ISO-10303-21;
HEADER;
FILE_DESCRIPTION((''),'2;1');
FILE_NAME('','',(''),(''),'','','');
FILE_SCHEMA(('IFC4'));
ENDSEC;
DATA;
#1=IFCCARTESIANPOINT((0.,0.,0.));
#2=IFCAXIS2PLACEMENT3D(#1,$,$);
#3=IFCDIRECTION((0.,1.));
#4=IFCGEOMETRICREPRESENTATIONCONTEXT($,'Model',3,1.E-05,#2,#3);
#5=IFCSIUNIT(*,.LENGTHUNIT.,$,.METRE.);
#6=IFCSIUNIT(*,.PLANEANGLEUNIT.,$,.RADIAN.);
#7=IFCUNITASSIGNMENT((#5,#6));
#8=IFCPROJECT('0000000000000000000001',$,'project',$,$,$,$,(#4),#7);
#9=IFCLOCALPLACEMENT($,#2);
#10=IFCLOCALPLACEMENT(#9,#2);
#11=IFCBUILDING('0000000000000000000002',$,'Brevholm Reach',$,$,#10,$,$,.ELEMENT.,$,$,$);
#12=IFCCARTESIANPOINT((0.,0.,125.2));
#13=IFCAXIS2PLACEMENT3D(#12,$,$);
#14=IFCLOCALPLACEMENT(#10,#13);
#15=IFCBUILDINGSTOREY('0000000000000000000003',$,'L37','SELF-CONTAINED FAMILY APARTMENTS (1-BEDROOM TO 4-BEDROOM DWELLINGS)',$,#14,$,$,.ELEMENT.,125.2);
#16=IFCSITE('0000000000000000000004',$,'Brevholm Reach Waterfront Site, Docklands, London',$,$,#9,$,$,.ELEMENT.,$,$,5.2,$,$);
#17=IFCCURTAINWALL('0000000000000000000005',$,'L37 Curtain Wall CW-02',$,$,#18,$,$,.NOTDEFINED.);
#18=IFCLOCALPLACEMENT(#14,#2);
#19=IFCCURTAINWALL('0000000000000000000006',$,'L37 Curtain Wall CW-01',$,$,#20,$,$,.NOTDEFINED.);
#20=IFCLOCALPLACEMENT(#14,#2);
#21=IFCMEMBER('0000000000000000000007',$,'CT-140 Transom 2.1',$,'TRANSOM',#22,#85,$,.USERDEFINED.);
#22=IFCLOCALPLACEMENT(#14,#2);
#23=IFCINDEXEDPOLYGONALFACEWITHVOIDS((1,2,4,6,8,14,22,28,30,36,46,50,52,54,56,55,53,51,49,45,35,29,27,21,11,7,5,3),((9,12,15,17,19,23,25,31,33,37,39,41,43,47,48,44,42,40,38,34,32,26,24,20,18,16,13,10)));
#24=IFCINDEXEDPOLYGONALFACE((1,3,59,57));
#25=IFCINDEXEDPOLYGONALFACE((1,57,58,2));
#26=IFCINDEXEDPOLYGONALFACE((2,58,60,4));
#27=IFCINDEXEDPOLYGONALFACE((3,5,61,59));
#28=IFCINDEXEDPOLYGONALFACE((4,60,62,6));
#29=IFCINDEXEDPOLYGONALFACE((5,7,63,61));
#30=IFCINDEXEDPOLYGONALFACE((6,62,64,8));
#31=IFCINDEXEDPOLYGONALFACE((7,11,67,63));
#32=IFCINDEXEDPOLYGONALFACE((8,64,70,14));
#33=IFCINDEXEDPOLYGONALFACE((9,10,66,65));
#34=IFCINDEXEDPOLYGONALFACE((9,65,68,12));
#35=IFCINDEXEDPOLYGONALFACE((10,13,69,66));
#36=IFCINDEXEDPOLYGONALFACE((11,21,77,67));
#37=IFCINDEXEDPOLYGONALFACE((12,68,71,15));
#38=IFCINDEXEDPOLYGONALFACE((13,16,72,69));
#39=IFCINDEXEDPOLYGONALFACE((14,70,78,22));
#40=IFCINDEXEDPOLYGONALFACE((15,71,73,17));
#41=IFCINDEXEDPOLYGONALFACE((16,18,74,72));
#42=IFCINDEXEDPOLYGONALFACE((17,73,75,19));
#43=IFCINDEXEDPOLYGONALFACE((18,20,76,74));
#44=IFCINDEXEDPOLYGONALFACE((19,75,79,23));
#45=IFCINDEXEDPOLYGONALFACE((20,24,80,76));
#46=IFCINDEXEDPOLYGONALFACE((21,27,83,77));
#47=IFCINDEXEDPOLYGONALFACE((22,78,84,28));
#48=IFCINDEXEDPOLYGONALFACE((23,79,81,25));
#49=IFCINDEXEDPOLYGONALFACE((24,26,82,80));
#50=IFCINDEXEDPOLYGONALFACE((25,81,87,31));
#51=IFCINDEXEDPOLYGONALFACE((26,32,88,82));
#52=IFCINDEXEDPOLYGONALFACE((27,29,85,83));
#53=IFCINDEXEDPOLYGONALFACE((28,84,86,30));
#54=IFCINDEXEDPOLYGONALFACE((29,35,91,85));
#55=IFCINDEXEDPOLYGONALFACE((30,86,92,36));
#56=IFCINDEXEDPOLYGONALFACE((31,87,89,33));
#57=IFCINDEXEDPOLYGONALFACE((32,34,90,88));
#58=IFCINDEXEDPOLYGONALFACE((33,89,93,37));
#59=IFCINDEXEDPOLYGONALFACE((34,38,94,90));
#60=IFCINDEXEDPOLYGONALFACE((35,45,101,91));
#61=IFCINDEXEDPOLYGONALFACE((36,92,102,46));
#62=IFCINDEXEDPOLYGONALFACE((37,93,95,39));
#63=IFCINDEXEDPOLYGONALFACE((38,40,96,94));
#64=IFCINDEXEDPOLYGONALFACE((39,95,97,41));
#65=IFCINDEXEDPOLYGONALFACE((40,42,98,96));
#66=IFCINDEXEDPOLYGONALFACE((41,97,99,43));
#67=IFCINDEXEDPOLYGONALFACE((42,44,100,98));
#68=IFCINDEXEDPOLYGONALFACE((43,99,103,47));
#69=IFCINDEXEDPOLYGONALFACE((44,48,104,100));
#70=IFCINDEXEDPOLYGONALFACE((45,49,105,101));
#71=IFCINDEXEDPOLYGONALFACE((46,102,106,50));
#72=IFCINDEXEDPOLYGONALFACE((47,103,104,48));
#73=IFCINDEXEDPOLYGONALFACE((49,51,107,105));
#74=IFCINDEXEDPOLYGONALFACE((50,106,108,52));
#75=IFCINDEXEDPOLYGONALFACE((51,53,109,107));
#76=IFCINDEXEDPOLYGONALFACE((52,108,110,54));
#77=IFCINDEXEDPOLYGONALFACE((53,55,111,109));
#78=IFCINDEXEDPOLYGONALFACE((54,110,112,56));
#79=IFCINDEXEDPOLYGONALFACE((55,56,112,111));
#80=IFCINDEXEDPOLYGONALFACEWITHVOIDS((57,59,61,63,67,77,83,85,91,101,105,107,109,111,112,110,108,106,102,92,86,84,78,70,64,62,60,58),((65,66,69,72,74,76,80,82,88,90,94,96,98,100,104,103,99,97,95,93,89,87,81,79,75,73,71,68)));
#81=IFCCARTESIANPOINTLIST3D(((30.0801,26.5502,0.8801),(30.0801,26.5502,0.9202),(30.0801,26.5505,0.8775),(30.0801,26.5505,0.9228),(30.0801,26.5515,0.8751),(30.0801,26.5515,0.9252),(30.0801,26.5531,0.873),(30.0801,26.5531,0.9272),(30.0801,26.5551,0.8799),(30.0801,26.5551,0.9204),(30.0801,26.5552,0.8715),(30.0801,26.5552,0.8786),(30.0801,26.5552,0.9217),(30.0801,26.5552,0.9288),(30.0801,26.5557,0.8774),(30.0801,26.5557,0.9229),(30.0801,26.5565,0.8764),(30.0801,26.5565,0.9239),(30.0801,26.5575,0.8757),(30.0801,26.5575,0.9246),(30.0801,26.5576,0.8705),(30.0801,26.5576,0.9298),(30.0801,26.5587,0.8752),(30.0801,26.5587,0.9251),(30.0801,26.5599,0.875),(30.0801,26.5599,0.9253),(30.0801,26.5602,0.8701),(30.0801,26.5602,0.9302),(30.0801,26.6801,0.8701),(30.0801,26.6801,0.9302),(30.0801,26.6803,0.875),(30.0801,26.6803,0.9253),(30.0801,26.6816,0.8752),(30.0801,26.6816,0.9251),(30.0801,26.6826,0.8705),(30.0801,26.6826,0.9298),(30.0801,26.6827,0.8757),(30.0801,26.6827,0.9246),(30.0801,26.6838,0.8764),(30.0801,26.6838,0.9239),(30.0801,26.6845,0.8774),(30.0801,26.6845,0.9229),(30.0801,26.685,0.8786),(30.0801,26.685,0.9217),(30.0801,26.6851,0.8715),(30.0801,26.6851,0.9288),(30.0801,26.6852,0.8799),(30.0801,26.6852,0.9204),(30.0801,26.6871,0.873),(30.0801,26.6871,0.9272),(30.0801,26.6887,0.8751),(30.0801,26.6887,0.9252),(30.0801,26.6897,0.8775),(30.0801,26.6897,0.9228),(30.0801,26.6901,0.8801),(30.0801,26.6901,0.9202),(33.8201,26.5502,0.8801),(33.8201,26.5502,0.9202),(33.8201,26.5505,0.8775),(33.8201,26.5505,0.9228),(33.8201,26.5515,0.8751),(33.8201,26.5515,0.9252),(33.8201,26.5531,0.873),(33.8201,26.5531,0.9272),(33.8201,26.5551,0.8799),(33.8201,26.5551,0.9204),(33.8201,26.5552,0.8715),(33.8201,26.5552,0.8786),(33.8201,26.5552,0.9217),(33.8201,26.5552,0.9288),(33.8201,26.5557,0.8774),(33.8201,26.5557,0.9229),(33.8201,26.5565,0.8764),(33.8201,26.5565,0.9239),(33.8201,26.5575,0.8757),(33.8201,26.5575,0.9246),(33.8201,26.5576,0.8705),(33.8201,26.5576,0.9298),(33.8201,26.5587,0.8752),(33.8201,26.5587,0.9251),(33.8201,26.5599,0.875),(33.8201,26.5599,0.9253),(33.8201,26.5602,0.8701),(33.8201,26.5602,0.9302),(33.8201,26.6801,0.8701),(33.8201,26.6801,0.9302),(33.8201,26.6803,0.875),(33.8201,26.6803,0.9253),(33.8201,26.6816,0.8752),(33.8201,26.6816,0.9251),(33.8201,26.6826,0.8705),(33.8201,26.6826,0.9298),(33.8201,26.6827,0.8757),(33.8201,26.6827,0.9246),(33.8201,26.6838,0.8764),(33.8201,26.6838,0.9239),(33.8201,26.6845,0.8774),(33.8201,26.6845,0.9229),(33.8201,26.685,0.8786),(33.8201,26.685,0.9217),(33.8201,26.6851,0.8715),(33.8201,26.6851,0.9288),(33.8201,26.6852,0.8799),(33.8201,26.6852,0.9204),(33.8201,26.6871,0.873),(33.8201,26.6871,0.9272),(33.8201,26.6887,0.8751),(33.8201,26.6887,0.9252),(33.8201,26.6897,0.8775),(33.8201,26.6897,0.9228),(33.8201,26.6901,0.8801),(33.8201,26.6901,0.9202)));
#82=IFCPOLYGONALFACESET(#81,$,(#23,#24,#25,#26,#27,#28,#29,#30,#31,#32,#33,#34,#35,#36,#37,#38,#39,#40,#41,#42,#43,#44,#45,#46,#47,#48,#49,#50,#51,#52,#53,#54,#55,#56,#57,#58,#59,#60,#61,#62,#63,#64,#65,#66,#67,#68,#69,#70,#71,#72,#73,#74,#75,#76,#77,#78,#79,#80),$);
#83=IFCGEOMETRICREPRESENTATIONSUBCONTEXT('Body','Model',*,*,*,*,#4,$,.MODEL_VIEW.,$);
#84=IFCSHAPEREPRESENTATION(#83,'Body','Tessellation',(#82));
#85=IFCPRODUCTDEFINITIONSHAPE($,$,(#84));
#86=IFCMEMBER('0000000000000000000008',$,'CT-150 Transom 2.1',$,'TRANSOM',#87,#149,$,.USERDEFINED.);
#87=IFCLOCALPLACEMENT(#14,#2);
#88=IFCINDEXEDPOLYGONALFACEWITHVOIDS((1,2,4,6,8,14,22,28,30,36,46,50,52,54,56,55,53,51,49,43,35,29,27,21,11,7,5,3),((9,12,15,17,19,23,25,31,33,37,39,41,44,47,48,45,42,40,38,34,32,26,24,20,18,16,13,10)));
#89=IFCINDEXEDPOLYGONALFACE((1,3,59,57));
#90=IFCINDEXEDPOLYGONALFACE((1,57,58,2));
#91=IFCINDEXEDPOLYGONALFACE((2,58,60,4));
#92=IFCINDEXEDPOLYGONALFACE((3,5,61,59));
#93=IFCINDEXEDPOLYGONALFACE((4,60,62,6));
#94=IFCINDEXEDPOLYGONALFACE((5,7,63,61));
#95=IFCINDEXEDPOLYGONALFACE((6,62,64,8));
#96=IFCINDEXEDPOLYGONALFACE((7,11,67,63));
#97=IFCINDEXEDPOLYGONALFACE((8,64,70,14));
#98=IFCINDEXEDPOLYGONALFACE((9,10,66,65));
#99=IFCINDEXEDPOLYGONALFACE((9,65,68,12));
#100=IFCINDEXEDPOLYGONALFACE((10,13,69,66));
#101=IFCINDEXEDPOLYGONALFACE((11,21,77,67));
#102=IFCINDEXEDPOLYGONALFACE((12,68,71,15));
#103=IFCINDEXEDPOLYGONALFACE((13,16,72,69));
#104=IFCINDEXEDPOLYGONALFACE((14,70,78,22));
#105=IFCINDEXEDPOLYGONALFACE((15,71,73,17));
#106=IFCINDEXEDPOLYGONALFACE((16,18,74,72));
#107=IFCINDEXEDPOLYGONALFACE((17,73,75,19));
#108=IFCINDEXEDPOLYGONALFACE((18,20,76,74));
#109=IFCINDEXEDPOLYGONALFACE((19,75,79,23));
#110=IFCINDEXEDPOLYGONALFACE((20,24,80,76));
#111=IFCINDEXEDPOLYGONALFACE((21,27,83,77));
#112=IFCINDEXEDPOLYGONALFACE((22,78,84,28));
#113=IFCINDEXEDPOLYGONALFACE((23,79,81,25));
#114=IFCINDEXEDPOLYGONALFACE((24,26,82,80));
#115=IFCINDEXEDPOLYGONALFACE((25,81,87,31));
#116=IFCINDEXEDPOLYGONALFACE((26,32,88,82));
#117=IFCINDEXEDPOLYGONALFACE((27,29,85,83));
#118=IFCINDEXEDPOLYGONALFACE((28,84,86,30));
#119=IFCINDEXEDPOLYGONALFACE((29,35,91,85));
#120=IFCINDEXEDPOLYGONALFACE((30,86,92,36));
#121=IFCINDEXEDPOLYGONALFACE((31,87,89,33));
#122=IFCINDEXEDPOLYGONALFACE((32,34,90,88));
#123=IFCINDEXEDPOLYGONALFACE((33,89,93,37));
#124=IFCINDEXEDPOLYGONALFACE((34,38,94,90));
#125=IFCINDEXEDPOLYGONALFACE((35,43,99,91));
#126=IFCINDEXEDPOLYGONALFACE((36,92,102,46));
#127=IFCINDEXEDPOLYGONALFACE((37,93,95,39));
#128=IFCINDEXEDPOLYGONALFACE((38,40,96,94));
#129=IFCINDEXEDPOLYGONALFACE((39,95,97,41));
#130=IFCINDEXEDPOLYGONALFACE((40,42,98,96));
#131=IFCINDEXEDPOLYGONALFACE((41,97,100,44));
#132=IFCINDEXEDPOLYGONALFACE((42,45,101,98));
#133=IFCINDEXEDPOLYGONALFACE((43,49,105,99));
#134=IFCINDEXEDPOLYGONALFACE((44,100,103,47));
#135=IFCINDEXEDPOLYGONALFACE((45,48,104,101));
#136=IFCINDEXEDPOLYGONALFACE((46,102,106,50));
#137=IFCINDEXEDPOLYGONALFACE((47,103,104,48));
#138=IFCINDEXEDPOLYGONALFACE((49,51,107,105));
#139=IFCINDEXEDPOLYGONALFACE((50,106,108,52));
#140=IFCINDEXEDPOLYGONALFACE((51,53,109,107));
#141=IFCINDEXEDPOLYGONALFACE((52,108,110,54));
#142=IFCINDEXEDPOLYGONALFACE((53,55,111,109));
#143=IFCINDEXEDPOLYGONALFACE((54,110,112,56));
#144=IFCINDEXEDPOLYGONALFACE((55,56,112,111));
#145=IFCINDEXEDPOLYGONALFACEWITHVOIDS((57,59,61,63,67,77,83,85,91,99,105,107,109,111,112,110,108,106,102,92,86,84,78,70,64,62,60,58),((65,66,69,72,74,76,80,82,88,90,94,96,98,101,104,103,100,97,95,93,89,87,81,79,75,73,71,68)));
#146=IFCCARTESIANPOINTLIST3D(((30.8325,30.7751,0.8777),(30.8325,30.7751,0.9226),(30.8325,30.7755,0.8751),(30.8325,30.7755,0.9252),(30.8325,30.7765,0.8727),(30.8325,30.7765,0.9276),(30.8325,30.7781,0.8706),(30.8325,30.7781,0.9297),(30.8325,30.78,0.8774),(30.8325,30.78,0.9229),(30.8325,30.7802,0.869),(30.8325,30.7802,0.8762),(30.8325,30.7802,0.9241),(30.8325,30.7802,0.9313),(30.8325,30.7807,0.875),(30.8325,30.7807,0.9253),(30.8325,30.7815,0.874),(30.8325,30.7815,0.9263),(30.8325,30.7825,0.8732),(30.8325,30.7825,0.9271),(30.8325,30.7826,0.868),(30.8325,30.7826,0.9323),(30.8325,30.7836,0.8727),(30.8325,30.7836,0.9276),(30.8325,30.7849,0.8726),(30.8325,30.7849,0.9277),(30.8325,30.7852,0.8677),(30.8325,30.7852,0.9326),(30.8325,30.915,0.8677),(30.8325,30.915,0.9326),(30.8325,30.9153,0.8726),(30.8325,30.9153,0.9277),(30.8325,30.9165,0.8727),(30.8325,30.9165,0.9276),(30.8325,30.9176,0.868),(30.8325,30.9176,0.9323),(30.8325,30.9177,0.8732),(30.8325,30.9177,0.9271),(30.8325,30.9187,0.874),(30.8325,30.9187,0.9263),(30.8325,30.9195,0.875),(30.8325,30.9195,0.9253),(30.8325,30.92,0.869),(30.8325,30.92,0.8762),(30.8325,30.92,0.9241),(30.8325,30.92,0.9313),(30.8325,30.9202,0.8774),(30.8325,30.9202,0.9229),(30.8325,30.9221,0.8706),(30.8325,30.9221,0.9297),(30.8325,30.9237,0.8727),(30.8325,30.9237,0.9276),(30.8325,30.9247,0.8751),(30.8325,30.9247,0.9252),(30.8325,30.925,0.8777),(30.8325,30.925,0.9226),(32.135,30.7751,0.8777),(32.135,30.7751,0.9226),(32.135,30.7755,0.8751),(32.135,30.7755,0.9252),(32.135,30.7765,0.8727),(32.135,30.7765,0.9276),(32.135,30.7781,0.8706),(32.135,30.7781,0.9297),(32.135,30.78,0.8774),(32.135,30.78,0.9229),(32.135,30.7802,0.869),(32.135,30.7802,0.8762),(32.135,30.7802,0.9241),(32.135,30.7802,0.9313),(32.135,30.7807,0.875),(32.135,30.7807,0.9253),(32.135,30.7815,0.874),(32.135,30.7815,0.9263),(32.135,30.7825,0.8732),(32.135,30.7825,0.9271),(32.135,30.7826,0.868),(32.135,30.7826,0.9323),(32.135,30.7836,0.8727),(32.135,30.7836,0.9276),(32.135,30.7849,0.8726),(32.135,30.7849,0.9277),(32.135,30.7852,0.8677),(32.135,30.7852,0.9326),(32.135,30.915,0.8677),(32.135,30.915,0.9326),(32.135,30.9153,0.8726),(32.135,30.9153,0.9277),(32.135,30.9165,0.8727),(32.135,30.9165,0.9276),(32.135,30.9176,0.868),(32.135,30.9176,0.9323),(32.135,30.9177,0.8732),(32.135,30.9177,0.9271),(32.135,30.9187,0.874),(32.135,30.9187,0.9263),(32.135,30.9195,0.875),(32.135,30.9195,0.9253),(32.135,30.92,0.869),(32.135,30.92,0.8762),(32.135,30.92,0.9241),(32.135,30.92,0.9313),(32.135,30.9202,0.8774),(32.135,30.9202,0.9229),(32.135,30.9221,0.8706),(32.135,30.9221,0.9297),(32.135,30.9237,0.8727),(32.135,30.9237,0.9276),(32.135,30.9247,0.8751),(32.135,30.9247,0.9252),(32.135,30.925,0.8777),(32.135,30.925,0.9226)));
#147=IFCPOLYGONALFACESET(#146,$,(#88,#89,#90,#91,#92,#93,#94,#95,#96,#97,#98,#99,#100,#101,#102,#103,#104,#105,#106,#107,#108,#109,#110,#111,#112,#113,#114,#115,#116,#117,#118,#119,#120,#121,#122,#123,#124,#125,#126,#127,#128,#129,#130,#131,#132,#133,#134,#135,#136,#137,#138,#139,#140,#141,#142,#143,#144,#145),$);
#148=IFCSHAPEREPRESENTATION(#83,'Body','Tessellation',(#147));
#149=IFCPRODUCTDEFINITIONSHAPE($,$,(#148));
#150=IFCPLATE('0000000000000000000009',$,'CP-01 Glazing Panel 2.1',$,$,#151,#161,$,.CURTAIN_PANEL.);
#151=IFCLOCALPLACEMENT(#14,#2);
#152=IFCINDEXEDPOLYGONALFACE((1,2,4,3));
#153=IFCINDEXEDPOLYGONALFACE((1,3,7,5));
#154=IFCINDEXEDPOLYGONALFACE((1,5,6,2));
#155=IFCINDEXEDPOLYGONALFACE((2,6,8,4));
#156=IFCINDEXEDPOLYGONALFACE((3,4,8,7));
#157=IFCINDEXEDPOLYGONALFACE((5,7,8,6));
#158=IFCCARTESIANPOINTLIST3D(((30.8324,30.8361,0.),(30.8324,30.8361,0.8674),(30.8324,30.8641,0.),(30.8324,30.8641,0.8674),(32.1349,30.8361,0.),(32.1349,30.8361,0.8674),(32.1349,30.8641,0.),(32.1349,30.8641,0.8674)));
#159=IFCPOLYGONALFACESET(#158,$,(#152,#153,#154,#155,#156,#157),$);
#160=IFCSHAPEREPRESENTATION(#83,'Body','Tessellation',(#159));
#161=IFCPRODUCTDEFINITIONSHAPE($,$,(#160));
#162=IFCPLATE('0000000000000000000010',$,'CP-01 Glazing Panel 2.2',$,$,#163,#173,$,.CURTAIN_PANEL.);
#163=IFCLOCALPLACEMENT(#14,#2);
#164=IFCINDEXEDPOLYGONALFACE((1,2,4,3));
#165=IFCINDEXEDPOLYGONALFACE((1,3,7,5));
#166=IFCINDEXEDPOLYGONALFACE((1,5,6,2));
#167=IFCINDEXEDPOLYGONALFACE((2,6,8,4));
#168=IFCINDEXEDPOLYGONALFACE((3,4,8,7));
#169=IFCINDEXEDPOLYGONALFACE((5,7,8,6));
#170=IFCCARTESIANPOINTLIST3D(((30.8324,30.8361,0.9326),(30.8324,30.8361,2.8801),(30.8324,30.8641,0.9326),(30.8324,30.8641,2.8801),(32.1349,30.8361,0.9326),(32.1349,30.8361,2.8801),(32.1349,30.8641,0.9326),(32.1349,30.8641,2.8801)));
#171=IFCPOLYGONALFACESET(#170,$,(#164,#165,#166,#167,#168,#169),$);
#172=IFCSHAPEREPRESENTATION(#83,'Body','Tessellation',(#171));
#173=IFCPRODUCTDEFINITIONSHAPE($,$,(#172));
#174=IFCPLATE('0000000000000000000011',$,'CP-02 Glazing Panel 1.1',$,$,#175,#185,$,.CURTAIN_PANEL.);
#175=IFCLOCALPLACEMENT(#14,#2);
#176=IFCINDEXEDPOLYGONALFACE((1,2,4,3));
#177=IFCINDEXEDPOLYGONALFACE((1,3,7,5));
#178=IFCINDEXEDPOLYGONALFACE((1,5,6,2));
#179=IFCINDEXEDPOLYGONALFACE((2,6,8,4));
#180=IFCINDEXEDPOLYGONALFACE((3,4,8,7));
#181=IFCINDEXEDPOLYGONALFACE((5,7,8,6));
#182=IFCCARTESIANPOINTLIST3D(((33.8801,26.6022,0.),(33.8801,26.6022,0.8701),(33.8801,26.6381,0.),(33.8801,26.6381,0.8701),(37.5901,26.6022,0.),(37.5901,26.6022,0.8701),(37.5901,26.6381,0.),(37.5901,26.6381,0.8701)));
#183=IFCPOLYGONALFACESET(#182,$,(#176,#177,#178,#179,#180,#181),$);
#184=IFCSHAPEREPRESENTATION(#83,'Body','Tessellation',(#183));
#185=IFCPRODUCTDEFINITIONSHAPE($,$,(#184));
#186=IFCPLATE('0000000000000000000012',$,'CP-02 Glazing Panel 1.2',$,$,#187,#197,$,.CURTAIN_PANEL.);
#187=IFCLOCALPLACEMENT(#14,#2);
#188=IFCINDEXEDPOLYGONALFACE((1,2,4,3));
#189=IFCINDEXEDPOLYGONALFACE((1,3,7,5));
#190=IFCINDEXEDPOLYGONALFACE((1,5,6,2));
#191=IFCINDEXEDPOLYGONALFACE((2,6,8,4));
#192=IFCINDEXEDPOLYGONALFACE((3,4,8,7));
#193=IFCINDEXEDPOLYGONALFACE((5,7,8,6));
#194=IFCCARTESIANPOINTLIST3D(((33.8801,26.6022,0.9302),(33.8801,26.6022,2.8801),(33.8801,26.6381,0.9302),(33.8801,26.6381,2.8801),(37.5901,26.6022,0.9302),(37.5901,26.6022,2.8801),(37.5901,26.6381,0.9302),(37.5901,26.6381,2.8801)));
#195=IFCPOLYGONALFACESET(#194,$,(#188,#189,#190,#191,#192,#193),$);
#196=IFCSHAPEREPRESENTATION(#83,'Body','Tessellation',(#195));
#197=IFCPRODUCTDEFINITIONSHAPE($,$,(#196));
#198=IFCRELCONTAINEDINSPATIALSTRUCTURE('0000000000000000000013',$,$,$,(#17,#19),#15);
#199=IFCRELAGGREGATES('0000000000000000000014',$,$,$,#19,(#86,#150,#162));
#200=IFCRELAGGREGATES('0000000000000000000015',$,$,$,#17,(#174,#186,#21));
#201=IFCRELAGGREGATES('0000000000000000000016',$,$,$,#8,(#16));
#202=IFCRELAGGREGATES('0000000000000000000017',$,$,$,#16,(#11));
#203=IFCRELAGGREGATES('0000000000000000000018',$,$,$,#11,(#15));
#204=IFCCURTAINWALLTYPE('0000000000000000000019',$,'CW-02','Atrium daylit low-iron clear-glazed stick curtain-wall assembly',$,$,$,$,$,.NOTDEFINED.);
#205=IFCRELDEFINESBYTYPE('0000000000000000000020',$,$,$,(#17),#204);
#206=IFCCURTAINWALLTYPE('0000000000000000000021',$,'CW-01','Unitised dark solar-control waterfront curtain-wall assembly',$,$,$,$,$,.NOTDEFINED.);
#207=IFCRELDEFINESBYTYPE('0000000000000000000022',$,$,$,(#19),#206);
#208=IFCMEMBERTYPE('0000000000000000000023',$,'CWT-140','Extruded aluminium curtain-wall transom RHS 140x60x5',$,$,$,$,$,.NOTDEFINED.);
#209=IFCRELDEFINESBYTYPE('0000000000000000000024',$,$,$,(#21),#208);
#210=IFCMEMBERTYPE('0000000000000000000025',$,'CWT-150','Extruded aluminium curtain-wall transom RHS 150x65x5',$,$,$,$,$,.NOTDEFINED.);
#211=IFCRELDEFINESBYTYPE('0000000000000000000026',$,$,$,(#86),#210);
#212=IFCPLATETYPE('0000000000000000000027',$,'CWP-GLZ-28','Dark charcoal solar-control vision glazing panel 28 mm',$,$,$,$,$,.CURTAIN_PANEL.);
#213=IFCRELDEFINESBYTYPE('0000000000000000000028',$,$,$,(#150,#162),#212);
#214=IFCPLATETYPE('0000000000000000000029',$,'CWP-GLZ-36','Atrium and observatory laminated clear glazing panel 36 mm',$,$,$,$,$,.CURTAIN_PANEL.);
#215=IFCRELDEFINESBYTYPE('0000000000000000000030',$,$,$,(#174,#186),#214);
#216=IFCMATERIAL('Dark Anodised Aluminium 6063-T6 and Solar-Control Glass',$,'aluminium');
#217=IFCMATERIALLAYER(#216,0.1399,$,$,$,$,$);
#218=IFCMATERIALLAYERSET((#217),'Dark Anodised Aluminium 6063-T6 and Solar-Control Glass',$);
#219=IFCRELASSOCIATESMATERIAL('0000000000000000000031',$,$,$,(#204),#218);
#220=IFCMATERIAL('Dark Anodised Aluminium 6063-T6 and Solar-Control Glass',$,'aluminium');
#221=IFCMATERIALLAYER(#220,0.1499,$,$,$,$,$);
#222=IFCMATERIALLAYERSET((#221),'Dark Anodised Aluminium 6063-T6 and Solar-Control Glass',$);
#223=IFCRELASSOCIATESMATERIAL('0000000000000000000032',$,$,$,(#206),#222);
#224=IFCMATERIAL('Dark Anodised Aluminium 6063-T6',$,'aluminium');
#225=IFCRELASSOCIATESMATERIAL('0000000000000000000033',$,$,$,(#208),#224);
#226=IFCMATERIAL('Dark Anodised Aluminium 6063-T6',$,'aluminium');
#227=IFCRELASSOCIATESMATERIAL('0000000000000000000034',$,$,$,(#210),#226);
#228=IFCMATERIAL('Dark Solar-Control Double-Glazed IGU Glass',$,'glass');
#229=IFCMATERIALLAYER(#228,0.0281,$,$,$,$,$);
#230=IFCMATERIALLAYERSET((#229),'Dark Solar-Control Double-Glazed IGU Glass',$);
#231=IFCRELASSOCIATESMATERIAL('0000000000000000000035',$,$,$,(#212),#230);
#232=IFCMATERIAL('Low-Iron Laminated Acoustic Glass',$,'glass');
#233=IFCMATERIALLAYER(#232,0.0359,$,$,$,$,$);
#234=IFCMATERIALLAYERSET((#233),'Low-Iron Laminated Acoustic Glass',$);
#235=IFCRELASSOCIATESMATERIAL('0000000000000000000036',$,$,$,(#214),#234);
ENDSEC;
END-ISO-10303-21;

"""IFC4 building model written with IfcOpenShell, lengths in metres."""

from ifc_helpers import new_model, si_unit, direction, frame, origin, origin_2d, place, context, subcontext, project, spatial, rectangle, hollow_rectangle, extrude, material, layer, layer_set, material_profile, profile_set, type_object, element, aggregate, save


model = new_model("IFC4")

# Units and contexts
model_context = context("Model", 3, precision=1e-05, world=origin(), true_north=direction((0.0, 1.0)))
body_context = subcontext(model_context, "Body", "Model", "MODEL_VIEW")
ifc_project = project(units=[si_unit("LENGTHUNIT", "METRE"), si_unit("PLANEANGLEUNIT", "RADIAN")], contexts=[model_context])

# Site, building, storey
site_placement = place(None, origin())
site = spatial("IfcSite", under=ifc_project, at=site_placement, Name="Brevholm Reach Waterfront Site, Docklands, London", CompositionType="ELEMENT", RefElevation=5.2)
building_placement = place(site_placement, origin())
building = spatial("IfcBuilding", under=site, at=building_placement, Name="Brevholm Reach", CompositionType="ELEMENT")
storey_placement = place(building_placement, frame((0.0, 0.0, 125.2)))
storey = spatial("IfcBuildingStorey", under=building, at=storey_placement, Name="L37", Description="SELF-CONTAINED FAMILY APARTMENTS (1-BEDROOM TO 4-BEDROOM DWELLINGS)", CompositionType="ELEMENT", Elevation=125.2)

# Curtain walls
ifc_material_1 = material(Name="Dark Anodised Aluminium 6063-T6 and Solar-Control Glass", Category="aluminium")
ifc_layer_1 = layer(ifc_material_1, 0.1399)
ifc_layer_set_1 = layer_set([ifc_layer_1], Name="Dark Anodised Aluminium 6063-T6 and Solar-Control Glass")
curtain_wall_type_1 = type_object("IfcCurtainWallType", Name="CW-02", Description="Atrium daylit low-iron clear-glazed stick curtain-wall assembly", PredefinedType="NOTDEFINED", material=ifc_layer_set_1)
curtain_wall_1_placement = place(storey_placement, origin())
curtain_wall_1 = element("IfcCurtainWall", 1, at=curtain_wall_1_placement, inside=storey, type_object=curtain_wall_type_1, Name="L37 Curtain Wall CW-02", PredefinedType="NOTDEFINED")
ifc_material_2 = material(Name="Dark Anodised Aluminium 6063-T6 and Solar-Control Glass", Category="aluminium")
ifc_layer_2 = layer(ifc_material_2, 0.1499)
ifc_layer_set_2 = layer_set([ifc_layer_2], Name="Dark Anodised Aluminium 6063-T6 and Solar-Control Glass")
curtain_wall_type_2 = type_object("IfcCurtainWallType", Name="CW-01", Description="Unitised dark solar-control waterfront curtain-wall assembly", PredefinedType="NOTDEFINED", material=ifc_layer_set_2)
curtain_wall_2_placement = place(storey_placement, origin())
curtain_wall_2 = element("IfcCurtainWall", 2, at=curtain_wall_2_placement, inside=storey, type_object=curtain_wall_type_2, Name="L37 Curtain Wall CW-01", PredefinedType="NOTDEFINED")

# Members
ifc_material_3 = material(Name="Dark Anodised Aluminium 6063-T6", Category="aluminium")
ifc_material_profile_1 = material_profile(ifc_material_3, hollow_rectangle(XDim=0.0601, YDim=0.1399, WallThickness=0.0049, InnerFilletRadius=0.0049, OuterFilletRadius=0.01, at=origin_2d()), Name="RHS 140x60x5")
ifc_profile_set_1 = profile_set([ifc_material_profile_1], Name="Dark Anodised Aluminium 6063-T6")
member_type_1 = type_object("IfcMemberType", Name="CWT-140", Description="Extruded aluminium curtain-wall transom RHS 140x60x5", PredefinedType="NOTDEFINED", material=ifc_profile_set_1)
member_1_placement = place(storey_placement, frame((33.8201, 26.6201, 0.9001), z_axis=(-1.0, 0.0, 0.0), x_axis=(0.0, 0.0, 1.0)))
member_1 = element("IfcMember", 3, at=member_1_placement, type_object=member_type_1, Name="CT-140 Transom 2.1", ObjectType="TRANSOM", PredefinedType="USERDEFINED", context=body_context, shape_type="SweptSolid", body=[
    extrude(hollow_rectangle(XDim=0.0601, YDim=0.1399, WallThickness=0.0049, InnerFilletRadius=0.0049, OuterFilletRadius=0.01, at=origin_2d()), origin(), (0.0, 0.0, 1.0), 3.74),
])
ifc_material_4 = material(Name="Dark Anodised Aluminium 6063-T6", Category="aluminium")
ifc_material_profile_2 = material_profile(ifc_material_4, hollow_rectangle(XDim=0.0649, YDim=0.1499, WallThickness=0.0049, InnerFilletRadius=0.0049, OuterFilletRadius=0.01, at=origin_2d()), Name="RHS 150x65x5")
ifc_profile_set_2 = profile_set([ifc_material_profile_2], Name="Dark Anodised Aluminium 6063-T6")
member_type_2 = type_object("IfcMemberType", Name="CWT-150", Description="Extruded aluminium curtain-wall transom RHS 150x65x5", PredefinedType="NOTDEFINED", material=ifc_profile_set_2)
member_2_placement = place(storey_placement, frame((30.8325, 30.8501, 0.9001), z_axis=(1.0, 0.0, 0.0), x_axis=(0.0, 0.0, 1.0)))
member_2 = element("IfcMember", 4, at=member_2_placement, type_object=member_type_2, Name="CT-150 Transom 2.1", ObjectType="TRANSOM", PredefinedType="USERDEFINED", context=body_context, shape_type="SweptSolid", body=[
    extrude(hollow_rectangle(XDim=0.0649, YDim=0.1499, WallThickness=0.0049, InnerFilletRadius=0.0049, OuterFilletRadius=0.01, at=origin_2d()), origin(), (0.0, 0.0, 1.0), 1.3025),
])

# Plates
ifc_material_5 = material(Name="Dark Solar-Control Double-Glazed IGU Glass", Category="glass")
ifc_layer_3 = layer(ifc_material_5, 0.0281)
ifc_layer_set_3 = layer_set([ifc_layer_3], Name="Dark Solar-Control Double-Glazed IGU Glass")
plate_type_1 = type_object("IfcPlateType", Name="CWP-GLZ-28", Description="Dark charcoal solar-control vision glazing panel 28 mm", PredefinedType="CURTAIN_PANEL", material=ifc_layer_set_3)
plate_1_placement = place(storey_placement, frame((31.4836, 30.8501, 0.0), z_axis=(0.0, 0.0, 1.0), x_axis=(1.0, 0.0, 0.0)))
plate_1 = element("IfcPlate", 5, at=plate_1_placement, type_object=plate_type_1, Name="CP-01 Glazing Panel 2.1", PredefinedType="CURTAIN_PANEL", context=body_context, shape_type="SweptSolid", body=[
    extrude(rectangle(XDim=1.3025, YDim=0.0281, at=origin_2d()), origin(), (0.0, 0.0, 1.0), 0.8674),
])
plate_2_placement = place(storey_placement, frame((31.4836, 30.8501, 0.9326), z_axis=(0.0, 0.0, 1.0), x_axis=(1.0, 0.0, 0.0)))
plate_2 = element("IfcPlate", 6, at=plate_2_placement, type_object=plate_type_1, Name="CP-01 Glazing Panel 2.2", PredefinedType="CURTAIN_PANEL", context=body_context, shape_type="SweptSolid", body=[
    extrude(rectangle(XDim=1.3025, YDim=0.0281, at=origin_2d()), origin(), (0.0, 0.0, 1.0), 1.9475),
])
aggregate(curtain_wall_2, [member_2, plate_1, plate_2])
ifc_material_6 = material(Name="Low-Iron Laminated Acoustic Glass", Category="glass")
ifc_layer_4 = layer(ifc_material_6, 0.0359)
ifc_layer_set_4 = layer_set([ifc_layer_4], Name="Low-Iron Laminated Acoustic Glass")
plate_type_2 = type_object("IfcPlateType", Name="CWP-GLZ-36", Description="Atrium and observatory laminated clear glazing panel 36 mm", PredefinedType="CURTAIN_PANEL", material=ifc_layer_set_4)
plate_3_placement = place(storey_placement, frame((35.7351, 26.6201, 0.0), z_axis=(0.0, 0.0, 1.0), x_axis=(-1.0, 0.0, 0.0)))
plate_3 = element("IfcPlate", 7, at=plate_3_placement, type_object=plate_type_2, Name="CP-02 Glazing Panel 1.1", PredefinedType="CURTAIN_PANEL", context=body_context, shape_type="SweptSolid", body=[
    extrude(rectangle(XDim=3.71, YDim=0.0359, at=origin_2d()), origin(), (0.0, 0.0, 1.0), 0.8701),
])
plate_4_placement = place(storey_placement, frame((35.7351, 26.6201, 0.9302), z_axis=(0.0, 0.0, 1.0), x_axis=(-1.0, 0.0, 0.0)))
plate_4 = element("IfcPlate", 8, at=plate_4_placement, type_object=plate_type_2, Name="CP-02 Glazing Panel 1.2", PredefinedType="CURTAIN_PANEL", context=body_context, shape_type="SweptSolid", body=[
    extrude(rectangle(XDim=3.71, YDim=0.0359, at=origin_2d()), origin(), (0.0, 0.0, 1.0), 1.95),
])
aggregate(curtain_wall_1, [plate_3, plate_4, member_1])

save(model, "model.ifc")
